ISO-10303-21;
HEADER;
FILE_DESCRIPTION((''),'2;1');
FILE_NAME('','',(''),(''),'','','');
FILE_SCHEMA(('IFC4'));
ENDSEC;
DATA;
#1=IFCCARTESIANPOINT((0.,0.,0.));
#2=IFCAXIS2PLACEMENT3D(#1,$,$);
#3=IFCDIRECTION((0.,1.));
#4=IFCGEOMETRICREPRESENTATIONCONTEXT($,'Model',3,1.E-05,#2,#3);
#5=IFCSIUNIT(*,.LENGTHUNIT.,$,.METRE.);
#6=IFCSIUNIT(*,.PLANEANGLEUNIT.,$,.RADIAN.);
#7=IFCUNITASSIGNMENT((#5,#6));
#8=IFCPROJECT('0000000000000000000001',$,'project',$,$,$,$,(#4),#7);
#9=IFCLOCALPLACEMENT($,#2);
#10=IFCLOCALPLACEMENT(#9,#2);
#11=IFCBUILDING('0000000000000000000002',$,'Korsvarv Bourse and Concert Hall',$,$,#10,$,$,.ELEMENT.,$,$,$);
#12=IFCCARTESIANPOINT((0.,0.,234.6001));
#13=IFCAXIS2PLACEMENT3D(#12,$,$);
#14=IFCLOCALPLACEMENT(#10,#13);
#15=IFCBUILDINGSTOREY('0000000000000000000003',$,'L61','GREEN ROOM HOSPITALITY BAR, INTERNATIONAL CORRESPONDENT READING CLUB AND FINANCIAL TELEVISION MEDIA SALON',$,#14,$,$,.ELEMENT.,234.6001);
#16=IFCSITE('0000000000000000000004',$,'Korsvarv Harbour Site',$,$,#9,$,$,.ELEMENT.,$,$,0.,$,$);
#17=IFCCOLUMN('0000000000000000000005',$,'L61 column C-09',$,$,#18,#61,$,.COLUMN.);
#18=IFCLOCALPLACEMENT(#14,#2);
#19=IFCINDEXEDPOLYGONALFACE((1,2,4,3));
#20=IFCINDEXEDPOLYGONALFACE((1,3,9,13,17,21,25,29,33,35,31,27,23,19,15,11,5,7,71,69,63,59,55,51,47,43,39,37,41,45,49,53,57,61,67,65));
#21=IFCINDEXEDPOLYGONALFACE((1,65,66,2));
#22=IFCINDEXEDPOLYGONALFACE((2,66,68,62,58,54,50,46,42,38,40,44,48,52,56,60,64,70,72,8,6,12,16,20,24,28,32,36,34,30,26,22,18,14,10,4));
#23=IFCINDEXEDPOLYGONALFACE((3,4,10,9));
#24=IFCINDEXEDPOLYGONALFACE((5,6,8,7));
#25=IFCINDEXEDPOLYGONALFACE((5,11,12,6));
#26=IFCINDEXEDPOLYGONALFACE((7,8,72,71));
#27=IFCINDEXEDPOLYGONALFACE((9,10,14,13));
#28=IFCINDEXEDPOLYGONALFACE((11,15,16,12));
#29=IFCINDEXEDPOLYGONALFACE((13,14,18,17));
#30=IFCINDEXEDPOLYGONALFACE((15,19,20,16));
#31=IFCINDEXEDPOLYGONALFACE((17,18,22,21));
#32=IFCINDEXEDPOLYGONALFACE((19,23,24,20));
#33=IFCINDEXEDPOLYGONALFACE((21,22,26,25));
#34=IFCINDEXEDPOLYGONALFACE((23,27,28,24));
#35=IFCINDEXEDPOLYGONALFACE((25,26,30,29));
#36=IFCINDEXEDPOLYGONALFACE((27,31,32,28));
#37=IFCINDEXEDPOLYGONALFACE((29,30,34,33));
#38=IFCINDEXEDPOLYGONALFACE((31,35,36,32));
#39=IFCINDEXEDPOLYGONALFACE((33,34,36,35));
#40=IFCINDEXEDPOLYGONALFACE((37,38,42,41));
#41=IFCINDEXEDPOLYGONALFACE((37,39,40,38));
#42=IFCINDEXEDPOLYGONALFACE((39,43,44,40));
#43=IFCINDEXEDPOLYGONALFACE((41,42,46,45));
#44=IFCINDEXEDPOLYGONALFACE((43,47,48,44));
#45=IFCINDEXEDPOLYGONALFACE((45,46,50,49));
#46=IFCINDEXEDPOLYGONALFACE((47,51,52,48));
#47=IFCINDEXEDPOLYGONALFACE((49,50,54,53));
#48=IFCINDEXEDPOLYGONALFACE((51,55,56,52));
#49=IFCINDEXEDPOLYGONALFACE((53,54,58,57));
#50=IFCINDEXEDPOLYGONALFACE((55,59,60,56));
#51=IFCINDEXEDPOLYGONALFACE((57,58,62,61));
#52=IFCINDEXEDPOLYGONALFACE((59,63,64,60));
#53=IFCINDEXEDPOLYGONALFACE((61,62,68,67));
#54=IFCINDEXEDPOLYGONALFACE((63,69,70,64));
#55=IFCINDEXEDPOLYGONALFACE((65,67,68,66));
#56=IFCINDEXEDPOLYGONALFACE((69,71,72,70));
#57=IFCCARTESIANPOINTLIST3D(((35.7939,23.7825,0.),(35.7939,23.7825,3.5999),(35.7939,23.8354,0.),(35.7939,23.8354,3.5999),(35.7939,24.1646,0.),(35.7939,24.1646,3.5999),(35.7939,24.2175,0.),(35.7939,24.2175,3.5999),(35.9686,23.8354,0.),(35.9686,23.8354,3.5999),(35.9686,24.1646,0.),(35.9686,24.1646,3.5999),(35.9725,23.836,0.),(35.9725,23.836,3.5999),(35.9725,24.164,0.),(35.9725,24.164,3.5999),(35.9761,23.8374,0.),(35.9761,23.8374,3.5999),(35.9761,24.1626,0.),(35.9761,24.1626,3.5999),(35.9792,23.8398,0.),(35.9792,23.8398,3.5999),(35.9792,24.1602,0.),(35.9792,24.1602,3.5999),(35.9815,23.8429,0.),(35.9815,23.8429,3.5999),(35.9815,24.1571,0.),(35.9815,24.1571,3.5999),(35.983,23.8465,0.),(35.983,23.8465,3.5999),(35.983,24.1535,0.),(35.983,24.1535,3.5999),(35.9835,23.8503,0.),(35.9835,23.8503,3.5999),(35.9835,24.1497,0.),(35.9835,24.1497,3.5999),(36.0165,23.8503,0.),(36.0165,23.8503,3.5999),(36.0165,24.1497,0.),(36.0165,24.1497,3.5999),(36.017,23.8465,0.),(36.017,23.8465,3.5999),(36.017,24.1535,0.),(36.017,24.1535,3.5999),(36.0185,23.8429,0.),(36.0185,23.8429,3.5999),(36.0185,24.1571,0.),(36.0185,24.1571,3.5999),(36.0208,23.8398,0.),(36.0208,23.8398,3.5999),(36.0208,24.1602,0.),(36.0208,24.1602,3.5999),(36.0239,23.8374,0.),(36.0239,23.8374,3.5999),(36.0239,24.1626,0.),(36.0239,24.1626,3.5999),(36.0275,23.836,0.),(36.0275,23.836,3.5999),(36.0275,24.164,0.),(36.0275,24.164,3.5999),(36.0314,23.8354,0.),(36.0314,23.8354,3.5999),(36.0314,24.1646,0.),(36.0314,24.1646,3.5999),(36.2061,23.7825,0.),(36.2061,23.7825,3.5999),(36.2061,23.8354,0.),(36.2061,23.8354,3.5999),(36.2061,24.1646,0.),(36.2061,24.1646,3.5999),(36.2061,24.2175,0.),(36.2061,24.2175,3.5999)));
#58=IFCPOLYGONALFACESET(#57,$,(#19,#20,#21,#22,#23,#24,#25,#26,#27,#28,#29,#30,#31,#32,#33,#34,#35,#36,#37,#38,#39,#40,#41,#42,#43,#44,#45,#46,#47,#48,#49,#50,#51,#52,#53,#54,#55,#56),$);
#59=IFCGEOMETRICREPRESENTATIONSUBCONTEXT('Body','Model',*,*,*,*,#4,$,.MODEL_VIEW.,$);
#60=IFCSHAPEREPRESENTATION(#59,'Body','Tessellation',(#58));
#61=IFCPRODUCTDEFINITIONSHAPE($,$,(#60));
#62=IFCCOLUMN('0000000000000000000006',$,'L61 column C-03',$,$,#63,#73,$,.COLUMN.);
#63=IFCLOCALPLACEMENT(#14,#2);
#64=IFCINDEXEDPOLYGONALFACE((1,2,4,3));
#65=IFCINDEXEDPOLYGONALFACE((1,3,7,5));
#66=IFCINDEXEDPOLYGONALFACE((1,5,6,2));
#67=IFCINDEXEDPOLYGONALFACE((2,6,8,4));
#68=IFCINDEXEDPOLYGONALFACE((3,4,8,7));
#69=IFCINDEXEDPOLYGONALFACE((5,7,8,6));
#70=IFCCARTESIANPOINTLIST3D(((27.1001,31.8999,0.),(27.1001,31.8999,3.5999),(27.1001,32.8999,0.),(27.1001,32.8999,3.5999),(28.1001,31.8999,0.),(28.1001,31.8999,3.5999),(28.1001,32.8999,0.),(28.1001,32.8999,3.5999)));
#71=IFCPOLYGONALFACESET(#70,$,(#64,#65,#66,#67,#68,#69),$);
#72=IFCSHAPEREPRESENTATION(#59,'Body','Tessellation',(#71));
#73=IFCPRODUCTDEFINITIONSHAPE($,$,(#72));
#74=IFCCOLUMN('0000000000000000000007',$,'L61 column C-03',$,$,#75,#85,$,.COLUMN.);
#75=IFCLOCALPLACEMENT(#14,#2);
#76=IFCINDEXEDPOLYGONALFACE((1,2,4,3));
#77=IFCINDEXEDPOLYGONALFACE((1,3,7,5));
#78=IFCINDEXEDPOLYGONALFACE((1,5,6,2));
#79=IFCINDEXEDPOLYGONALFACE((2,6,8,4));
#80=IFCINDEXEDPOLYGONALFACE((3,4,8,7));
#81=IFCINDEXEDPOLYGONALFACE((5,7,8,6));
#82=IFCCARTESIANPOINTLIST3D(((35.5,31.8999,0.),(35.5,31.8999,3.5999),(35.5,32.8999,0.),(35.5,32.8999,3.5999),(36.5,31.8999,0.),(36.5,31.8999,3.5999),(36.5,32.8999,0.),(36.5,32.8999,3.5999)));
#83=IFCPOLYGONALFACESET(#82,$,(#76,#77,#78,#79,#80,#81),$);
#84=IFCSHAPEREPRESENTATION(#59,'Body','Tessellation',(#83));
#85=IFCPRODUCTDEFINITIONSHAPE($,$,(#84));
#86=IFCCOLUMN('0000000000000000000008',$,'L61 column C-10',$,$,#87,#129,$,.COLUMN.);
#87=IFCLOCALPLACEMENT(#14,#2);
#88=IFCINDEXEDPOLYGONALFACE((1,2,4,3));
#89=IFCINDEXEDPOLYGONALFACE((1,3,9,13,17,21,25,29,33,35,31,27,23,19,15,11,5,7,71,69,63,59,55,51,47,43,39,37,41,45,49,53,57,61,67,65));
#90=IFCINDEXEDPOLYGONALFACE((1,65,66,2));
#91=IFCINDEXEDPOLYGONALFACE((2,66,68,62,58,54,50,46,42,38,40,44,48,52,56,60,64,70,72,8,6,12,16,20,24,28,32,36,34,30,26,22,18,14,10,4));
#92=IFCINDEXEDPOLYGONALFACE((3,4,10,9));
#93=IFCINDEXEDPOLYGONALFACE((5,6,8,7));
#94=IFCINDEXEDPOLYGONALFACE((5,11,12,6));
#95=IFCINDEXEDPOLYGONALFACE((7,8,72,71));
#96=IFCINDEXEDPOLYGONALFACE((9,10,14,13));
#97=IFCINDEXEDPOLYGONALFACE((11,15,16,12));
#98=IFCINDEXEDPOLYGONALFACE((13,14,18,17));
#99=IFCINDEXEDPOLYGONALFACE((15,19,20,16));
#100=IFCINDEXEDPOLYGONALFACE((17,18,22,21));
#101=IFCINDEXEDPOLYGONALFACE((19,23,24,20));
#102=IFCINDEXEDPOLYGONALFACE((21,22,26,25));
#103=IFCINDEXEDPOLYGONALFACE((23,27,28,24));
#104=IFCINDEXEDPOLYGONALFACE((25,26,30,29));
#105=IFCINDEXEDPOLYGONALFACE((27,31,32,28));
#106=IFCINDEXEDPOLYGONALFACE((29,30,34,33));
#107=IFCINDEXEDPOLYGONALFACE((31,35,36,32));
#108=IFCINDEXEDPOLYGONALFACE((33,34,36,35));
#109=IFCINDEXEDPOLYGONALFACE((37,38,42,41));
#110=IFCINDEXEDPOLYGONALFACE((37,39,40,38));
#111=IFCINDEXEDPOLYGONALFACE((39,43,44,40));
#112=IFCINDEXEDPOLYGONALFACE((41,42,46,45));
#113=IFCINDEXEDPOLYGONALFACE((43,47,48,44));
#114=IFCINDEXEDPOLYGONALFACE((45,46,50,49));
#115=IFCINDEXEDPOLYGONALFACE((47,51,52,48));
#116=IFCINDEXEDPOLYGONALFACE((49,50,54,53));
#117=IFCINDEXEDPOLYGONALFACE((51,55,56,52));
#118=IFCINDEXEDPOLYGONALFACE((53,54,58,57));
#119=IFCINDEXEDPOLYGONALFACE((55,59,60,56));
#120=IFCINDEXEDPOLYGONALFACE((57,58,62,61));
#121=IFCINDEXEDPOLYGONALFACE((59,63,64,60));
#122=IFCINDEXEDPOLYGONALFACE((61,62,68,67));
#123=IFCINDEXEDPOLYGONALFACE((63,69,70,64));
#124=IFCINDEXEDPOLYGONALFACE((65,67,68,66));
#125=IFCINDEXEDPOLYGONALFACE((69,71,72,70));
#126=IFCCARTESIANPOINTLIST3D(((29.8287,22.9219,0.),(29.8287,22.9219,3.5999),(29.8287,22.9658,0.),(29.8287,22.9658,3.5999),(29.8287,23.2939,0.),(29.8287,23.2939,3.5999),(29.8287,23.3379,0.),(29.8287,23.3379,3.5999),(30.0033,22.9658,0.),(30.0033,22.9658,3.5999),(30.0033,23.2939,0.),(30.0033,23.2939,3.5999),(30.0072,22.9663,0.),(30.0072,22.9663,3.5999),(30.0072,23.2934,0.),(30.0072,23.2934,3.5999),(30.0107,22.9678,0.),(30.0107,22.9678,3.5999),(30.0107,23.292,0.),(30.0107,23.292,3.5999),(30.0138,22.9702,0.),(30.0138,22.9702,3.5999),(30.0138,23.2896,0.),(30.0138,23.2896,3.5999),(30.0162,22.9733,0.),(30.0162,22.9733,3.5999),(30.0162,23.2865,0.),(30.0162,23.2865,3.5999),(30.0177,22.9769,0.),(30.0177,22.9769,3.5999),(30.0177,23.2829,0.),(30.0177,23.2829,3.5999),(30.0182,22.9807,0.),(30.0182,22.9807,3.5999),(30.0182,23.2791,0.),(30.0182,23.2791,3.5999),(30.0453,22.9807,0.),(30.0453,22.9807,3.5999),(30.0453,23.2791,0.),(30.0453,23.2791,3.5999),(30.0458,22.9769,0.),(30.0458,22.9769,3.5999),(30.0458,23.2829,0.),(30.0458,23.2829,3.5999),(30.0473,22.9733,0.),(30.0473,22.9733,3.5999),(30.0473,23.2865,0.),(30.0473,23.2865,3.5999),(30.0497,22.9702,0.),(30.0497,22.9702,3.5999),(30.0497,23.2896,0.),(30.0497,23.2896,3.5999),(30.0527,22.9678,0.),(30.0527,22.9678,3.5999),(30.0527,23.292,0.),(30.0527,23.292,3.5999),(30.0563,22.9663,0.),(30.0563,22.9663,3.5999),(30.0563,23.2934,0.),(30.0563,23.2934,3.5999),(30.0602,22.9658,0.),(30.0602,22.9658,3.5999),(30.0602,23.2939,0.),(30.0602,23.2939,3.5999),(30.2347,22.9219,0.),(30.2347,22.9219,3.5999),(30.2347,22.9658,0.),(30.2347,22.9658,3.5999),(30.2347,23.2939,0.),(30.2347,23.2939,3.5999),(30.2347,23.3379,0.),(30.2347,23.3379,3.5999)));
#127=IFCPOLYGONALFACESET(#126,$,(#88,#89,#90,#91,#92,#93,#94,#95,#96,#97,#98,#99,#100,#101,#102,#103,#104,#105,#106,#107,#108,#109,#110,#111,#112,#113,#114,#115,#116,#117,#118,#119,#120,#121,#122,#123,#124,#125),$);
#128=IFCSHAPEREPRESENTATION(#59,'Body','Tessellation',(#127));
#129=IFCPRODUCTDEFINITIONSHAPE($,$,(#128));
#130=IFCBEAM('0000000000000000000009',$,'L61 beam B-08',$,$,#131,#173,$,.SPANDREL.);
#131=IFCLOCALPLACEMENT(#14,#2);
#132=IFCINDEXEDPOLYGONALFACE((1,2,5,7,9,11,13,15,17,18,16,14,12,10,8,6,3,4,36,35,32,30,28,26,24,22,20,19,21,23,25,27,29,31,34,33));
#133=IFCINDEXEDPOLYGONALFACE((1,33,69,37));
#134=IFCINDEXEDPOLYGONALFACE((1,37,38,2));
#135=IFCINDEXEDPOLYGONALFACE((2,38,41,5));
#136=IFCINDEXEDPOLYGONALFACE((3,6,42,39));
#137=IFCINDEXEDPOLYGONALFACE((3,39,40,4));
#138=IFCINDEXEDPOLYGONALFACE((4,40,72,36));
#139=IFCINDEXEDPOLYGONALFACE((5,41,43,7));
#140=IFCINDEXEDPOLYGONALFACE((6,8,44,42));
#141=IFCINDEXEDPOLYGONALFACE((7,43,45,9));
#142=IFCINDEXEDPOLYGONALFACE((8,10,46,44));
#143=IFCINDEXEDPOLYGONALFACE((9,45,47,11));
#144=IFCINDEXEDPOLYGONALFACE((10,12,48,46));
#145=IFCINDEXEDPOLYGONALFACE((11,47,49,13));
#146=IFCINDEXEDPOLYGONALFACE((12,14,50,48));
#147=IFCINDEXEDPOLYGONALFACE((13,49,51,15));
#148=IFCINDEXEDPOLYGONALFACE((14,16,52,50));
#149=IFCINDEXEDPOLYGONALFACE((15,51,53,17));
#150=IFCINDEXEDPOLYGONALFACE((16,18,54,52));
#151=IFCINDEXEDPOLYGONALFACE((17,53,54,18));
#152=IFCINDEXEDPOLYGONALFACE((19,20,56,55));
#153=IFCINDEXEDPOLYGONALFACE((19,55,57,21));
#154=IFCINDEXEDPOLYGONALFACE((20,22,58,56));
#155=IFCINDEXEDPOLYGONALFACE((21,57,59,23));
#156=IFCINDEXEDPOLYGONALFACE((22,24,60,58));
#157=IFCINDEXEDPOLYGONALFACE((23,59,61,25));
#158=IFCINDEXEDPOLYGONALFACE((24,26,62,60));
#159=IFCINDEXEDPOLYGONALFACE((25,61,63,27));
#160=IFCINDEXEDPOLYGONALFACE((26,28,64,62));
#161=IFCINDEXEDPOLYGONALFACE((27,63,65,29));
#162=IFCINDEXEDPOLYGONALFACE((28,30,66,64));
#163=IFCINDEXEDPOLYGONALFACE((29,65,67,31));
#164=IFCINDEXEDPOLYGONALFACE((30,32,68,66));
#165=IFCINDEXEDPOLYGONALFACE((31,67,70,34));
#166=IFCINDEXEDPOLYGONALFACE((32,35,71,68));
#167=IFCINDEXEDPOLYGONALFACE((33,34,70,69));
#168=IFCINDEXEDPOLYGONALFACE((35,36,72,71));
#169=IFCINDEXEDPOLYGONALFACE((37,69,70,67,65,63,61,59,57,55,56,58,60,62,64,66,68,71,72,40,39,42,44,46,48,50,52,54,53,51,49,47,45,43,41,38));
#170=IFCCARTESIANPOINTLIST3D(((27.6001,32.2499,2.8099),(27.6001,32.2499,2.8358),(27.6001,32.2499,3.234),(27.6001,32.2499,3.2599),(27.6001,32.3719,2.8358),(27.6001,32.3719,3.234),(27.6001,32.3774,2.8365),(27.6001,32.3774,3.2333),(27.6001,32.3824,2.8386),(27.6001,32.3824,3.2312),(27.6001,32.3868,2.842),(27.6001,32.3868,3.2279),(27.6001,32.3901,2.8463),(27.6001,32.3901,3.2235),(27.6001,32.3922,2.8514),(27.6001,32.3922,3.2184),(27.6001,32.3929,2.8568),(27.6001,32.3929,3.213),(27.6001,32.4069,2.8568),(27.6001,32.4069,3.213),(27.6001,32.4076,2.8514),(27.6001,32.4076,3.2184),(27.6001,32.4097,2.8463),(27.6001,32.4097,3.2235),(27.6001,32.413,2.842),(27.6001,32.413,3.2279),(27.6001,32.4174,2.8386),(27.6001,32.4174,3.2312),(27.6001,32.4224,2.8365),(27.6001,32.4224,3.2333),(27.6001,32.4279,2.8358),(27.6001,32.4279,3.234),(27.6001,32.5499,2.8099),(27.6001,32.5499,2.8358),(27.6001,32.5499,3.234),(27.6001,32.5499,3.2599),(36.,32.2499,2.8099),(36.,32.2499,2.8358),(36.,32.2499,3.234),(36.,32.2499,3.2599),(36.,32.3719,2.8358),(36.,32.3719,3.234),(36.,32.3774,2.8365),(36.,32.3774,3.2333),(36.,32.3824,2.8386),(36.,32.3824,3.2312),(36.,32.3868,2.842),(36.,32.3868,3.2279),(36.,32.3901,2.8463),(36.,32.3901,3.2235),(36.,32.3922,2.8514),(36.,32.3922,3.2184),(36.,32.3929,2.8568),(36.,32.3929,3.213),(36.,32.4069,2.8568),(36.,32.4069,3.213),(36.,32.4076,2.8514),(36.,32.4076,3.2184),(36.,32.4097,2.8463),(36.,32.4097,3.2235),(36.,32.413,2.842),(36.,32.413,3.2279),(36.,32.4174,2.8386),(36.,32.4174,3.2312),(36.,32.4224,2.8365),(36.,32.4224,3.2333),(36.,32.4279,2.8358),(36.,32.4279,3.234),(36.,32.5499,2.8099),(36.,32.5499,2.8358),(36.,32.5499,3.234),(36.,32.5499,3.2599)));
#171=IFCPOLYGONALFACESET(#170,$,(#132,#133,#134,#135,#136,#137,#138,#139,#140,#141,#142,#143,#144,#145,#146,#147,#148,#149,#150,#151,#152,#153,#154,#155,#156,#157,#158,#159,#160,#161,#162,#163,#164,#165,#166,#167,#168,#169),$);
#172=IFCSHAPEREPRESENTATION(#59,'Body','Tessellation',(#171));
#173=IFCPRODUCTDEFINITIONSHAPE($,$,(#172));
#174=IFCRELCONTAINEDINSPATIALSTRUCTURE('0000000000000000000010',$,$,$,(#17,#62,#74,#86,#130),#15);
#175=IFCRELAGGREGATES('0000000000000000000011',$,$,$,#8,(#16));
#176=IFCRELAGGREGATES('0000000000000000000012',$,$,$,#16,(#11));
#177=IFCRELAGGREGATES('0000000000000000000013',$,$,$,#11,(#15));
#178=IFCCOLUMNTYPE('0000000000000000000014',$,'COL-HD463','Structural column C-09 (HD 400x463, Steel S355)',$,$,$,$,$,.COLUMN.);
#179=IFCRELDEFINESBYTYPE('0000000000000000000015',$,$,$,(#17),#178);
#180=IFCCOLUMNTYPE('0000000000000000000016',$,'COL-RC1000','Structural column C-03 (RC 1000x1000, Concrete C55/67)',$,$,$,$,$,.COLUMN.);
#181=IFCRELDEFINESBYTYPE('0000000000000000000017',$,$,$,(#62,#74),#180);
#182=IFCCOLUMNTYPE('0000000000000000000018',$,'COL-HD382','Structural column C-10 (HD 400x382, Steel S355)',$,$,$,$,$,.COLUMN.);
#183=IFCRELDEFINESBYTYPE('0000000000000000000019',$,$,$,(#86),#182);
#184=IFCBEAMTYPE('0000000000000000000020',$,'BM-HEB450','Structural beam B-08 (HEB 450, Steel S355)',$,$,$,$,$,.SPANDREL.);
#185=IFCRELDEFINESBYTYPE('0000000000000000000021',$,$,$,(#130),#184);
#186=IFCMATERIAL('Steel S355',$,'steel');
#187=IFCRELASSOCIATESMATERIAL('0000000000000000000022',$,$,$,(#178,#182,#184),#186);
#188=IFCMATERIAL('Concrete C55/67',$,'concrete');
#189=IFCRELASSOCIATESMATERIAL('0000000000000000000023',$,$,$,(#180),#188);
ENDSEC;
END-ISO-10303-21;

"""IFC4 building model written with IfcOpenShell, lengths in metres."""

from ifc_helpers import new_model, si_unit, direction, frame, origin, origin_2d, place, context, subcontext, project, spatial, rectangle, i_section, extrude, source, transform, mapped, material, material_profile, profile_set, type_object, element, save


model = new_model("IFC4")

# Units and contexts
model_context = context("Model", 3, precision=1e-05, world=origin(), true_north=direction((0.0, 1.0)))
body_context = subcontext(model_context, "Body", "Model", "MODEL_VIEW")
ifc_project = project(units=[si_unit("LENGTHUNIT", "METRE"), si_unit("PLANEANGLEUNIT", "RADIAN")], contexts=[model_context])

# Site, building, storey
site_placement = place(None, origin())
site = spatial("IfcSite", under=ifc_project, at=site_placement, Name="Korsvarv Harbour Site", CompositionType="ELEMENT", RefElevation=0.0)
building_placement = place(site_placement, origin())
building = spatial("IfcBuilding", under=site, at=building_placement, Name="Korsvarv Bourse and Concert Hall", CompositionType="ELEMENT")
storey_placement = place(building_placement, frame((0.0, 0.0, 234.6001)))
storey = spatial("IfcBuildingStorey", under=building, at=storey_placement, Name="L61", Description="GREEN ROOM HOSPITALITY BAR, INTERNATIONAL CORRESPONDENT READING CLUB AND FINANCIAL TELEVISION MEDIA SALON", CompositionType="ELEMENT", Elevation=234.6001)

# Columns
ifc_material_1 = material(Name="Steel S355", Category="steel")
ifc_material_profile_1 = material_profile(ifc_material_1, i_section(OverallWidth=0.4121, OverallDepth=0.4351, WebThickness=0.033, FlangeThickness=0.053, FilletRadius=0.0149, at=origin_2d()), Name="HD 400x463")
ifc_profile_set_1 = profile_set([ifc_material_profile_1], Name="Steel S355")
column_type_1 = type_object("IfcColumnType", Name="COL-HD463", Description="Structural column C-09 (HD 400x463, Steel S355)", PredefinedType="COLUMN", material=ifc_profile_set_1)
shared_shape_1 = source(origin(), body_context, "Body", "SweptSolid", [
    extrude(i_section(OverallWidth=0.4121, OverallDepth=0.4351, WebThickness=0.033, FlangeThickness=0.053, FilletRadius=0.0149, at=origin_2d()), origin(), (0.0, 0.0, 1.0), 3.5999),
])
column_1_placement = place(storey_placement, frame((36.0, 24.0, 0.0), z_axis=(0.0, 0.0, 1.0), x_axis=(1.0, 0.0, 0.0)))
element("IfcColumn", 1, at=column_1_placement, inside=storey, type_object=column_type_1, Name="L61 column C-09", PredefinedType="COLUMN", context=body_context, shape_type="MappedRepresentation", body=[
    mapped(shared_shape_1, transform((0.0, 0.0, 0.0), scale=1.0)),
])
ifc_material_2 = material(Name="Concrete C55/67", Category="concrete")
ifc_material_profile_2 = material_profile(ifc_material_2, rectangle(XDim=1.0, YDim=1.0, at=origin_2d()), Name="RC 1000x1000")
ifc_profile_set_2 = profile_set([ifc_material_profile_2], Name="Concrete C55/67")
column_type_2 = type_object("IfcColumnType", Name="COL-RC1000", Description="Structural column C-03 (RC 1000x1000, Concrete C55/67)", PredefinedType="COLUMN", material=ifc_profile_set_2)
shared_shape_2 = source(origin(), body_context, "Body", "SweptSolid", [
    extrude(rectangle(XDim=1.0, YDim=1.0, at=origin_2d()), origin(), (0.0, 0.0, 1.0), 3.5999),
])
for number, where, z_axis, x_axis, name in (
    (2, (27.6001, 32.3999, 0.0), (0.0, 0.0, 1.0), (1.0, 0.0, 0.0), "L61 column C-03"),
    (3, (36.0, 32.3999, 0.0), (0.0, 0.0, 1.0), (1.0, 0.0, 0.0), "L61 column C-03"),
):
    element("IfcColumn", number, at=place(storey_placement, frame(where, z_axis=z_axis, x_axis=x_axis)), inside=storey, type_object=column_type_2, Name=name, PredefinedType="COLUMN", context=body_context, shape_type="MappedRepresentation", body=[
        mapped(shared_shape_2, transform((0.0, 0.0, 0.0), scale=1.0)),
    ])
ifc_material_profile_3 = material_profile(ifc_material_1, i_section(OverallWidth=0.406, OverallDepth=0.416, WebThickness=0.0271, FlangeThickness=0.0439, FilletRadius=0.0149, at=origin_2d()), Name="HD 400x382")
ifc_profile_set_3 = profile_set([ifc_material_profile_3], Name="Steel S355")
column_type_3 = type_object("IfcColumnType", Name="COL-HD382", Description="Structural column C-10 (HD 400x382, Steel S355)", PredefinedType="COLUMN", material=ifc_profile_set_3)
shared_shape_3 = source(origin(), body_context, "Body", "SweptSolid", [
    extrude(i_section(OverallWidth=0.406, OverallDepth=0.416, WebThickness=0.0271, FlangeThickness=0.0439, FilletRadius=0.0149, at=origin_2d()), origin(), (0.0, 0.0, 1.0), 3.5999),
])
column_2_placement = place(storey_placement, frame((30.0317, 23.1299, 0.0), z_axis=(0.0, 0.0, 1.0), x_axis=(1.0, 0.0, 0.0)))
element("IfcColumn", 4, at=column_2_placement, inside=storey, type_object=column_type_3, Name="L61 column C-10", PredefinedType="COLUMN", context=body_context, shape_type="MappedRepresentation", body=[
    mapped(shared_shape_3, transform((0.0, 0.0, 0.0), scale=1.0)),
])

# Beam
ifc_material_profile_4 = material_profile(ifc_material_1, i_section(OverallWidth=0.3, OverallDepth=0.45, WebThickness=0.0139, FlangeThickness=0.0259, FilletRadius=0.021, at=origin_2d()), Name="HEB 450")
ifc_profile_set_4 = profile_set([ifc_material_profile_4], Name="Steel S355")
beam_type_1 = type_object("IfcBeamType", Name="BM-HEB450", Description="Structural beam B-08 (HEB 450, Steel S355)", PredefinedType="SPANDREL", material=ifc_profile_set_4)
shared_shape_4 = source(origin(), body_context, "Body", "SweptSolid", [
    extrude(i_section(OverallWidth=0.3, OverallDepth=0.45, WebThickness=0.0139, FlangeThickness=0.0259, FilletRadius=0.021, at=origin_2d()), origin(), (0.0, 0.0, 1.0), 8.3999),
])
for number, where, z_axis, x_axis, name in (
    (5, (27.6001, 32.3999, 3.0349), (1.0, 0.0, 0.0), (0.0, 1.0, 0.0), "L61 beam B-08"),
):
    element("IfcBeam", number, at=place(storey_placement, frame(where, z_axis=z_axis, x_axis=x_axis)), inside=storey, type_object=beam_type_1, Name=name, PredefinedType="SPANDREL", context=body_context, shape_type="MappedRepresentation", body=[
        mapped(shared_shape_4, transform((0.0, 0.0, 0.0), scale=1.0)),
    ])

save(model, "model.ifc")
